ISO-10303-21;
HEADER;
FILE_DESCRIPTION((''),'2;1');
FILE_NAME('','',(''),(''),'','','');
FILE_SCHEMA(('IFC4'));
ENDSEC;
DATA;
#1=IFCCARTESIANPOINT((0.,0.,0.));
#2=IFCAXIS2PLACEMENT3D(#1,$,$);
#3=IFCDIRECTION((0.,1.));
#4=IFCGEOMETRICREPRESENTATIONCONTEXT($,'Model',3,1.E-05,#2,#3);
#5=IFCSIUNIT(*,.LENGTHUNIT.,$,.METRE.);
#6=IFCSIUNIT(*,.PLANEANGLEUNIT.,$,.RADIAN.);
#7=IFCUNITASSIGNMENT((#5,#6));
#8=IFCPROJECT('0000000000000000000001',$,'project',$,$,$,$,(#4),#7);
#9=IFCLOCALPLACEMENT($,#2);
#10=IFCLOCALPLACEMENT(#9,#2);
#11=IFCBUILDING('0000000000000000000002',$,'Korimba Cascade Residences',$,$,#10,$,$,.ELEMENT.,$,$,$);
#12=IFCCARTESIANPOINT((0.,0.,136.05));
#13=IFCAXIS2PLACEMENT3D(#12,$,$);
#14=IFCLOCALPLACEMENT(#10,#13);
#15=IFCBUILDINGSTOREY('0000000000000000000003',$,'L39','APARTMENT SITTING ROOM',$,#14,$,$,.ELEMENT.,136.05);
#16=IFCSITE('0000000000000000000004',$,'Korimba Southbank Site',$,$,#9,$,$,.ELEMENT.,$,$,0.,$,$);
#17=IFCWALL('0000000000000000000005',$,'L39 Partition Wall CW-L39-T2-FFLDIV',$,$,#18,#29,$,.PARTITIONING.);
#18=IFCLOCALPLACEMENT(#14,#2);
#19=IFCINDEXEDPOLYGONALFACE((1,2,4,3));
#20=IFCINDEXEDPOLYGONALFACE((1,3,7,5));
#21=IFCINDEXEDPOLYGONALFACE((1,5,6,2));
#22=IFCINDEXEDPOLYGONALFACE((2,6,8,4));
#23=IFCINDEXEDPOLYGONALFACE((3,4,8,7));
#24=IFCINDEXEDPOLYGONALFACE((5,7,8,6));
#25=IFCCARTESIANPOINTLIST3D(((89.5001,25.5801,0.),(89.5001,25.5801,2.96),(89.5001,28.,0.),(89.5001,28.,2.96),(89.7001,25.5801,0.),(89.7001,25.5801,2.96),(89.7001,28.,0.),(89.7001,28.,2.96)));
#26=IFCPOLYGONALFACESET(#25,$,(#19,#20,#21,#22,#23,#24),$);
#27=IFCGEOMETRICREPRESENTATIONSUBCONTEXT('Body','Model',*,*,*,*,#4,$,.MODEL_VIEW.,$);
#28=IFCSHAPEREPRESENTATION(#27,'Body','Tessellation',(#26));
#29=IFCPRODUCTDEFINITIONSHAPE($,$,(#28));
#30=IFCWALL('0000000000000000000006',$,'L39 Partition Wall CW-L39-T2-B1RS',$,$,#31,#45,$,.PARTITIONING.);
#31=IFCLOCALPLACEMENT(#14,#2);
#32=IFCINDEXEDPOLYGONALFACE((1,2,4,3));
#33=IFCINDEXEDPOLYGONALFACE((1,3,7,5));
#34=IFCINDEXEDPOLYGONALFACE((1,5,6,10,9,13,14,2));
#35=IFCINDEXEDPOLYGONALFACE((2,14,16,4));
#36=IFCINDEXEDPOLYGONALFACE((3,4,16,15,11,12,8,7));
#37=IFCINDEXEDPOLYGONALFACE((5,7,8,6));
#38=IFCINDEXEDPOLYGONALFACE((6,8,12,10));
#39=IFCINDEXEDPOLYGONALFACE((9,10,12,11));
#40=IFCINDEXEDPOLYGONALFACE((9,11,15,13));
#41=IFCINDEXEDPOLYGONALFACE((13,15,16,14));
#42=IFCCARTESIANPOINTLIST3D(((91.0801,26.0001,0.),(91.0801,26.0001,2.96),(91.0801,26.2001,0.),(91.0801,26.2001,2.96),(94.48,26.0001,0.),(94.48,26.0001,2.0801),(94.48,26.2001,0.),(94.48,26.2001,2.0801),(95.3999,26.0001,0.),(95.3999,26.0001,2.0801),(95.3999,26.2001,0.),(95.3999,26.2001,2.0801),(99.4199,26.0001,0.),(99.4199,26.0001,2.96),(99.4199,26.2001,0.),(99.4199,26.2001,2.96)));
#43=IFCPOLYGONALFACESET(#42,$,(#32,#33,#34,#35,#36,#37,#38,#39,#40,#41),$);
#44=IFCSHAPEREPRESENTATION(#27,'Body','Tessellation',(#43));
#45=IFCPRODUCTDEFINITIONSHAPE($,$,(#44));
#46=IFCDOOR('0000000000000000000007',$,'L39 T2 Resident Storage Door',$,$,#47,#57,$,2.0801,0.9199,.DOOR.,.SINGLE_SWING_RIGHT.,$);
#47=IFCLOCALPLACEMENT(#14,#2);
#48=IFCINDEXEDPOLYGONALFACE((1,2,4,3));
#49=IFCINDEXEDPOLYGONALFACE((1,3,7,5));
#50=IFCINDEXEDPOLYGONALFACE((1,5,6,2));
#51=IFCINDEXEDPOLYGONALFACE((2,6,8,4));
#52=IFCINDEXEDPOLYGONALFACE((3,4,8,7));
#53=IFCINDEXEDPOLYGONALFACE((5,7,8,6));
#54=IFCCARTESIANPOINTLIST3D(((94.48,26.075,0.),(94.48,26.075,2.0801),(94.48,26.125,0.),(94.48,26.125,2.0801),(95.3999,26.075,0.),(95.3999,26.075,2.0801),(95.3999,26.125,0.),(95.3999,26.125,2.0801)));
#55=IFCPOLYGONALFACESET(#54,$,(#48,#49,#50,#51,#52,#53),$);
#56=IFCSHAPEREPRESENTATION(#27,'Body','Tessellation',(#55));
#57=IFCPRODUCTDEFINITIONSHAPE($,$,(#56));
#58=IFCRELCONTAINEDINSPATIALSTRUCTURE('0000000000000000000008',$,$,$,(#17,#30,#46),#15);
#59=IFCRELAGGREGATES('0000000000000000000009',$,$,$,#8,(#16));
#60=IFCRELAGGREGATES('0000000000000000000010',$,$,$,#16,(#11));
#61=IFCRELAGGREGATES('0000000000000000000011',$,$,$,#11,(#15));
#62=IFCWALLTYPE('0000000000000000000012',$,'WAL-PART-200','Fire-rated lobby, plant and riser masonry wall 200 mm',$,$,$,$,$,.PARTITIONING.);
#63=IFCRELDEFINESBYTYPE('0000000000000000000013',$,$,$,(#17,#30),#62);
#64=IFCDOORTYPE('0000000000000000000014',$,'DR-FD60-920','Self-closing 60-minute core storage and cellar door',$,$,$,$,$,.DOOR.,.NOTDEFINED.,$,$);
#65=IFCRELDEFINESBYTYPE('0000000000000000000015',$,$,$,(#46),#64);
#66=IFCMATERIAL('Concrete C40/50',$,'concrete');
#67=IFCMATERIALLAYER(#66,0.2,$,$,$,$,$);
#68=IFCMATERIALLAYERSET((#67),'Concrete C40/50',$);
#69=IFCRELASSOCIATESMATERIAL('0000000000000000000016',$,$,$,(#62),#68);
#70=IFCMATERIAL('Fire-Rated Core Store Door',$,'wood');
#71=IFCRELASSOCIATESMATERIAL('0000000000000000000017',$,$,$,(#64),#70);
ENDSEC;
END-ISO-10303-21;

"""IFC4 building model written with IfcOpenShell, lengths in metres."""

from ifc_helpers import new_model, si_unit, direction, frame, frame_2d, origin, place, context, subcontext, project, spatial, rectangle, extrude, material, layer, layer_set, type_object, element, fill, save


model = new_model("IFC4")

# Units and contexts
model_context = context("Model", 3, precision=1e-05, world=origin(), true_north=direction((0.0, 1.0)))
body_context = subcontext(model_context, "Body", "Model", "MODEL_VIEW")
ifc_project = project(units=[si_unit("LENGTHUNIT", "METRE"), si_unit("PLANEANGLEUNIT", "RADIAN")], contexts=[model_context])

# Site, building, storey
site_placement = place(None, origin())
site = spatial("IfcSite", under=ifc_project, at=site_placement, Name="Korimba Southbank Site", CompositionType="ELEMENT", RefElevation=0.0)
building_placement = place(site_placement, origin())
building = spatial("IfcBuilding", under=site, at=building_placement, Name="Korimba Cascade Residences", CompositionType="ELEMENT")
storey_placement = place(building_placement, frame((0.0, 0.0, 136.05)))
storey = spatial("IfcBuildingStorey", under=building, at=storey_placement, Name="L39", Description="APARTMENT SITTING ROOM", CompositionType="ELEMENT", Elevation=136.05)

# Wall
ifc_material_1 = material(Name="Concrete C40/50", Category="concrete")
ifc_layer_1 = layer(ifc_material_1, 0.2)
ifc_layer_set_1 = layer_set([ifc_layer_1], Name="Concrete C40/50")
wall_type_1 = type_object("IfcWallType", Name="WAL-PART-200", Description="Fire-rated lobby, plant and riser masonry wall 200 mm", PredefinedType="PARTITIONING", material=ifc_layer_set_1)
wall_1_placement = place(storey_placement, frame((89.6001, 25.5801, 0.0), z_axis=(0.0, 0.0, 1.0), x_axis=(0.0, 1.0, 0.0)))
element("IfcWall", 1, at=wall_1_placement, inside=storey, type_object=wall_type_1, Name="L39 Partition Wall CW-L39-T2-FFLDIV", PredefinedType="PARTITIONING", context=body_context, shape_type="SweptSolid", body=[
    extrude(rectangle(XDim=2.4199, YDim=0.2, at=frame_2d((1.21, 0.0))), origin(), (0.0, 0.0, 1.0), 2.96),
])

# Wall, opening, door
wall_2_placement = place(storey_placement, frame((91.0801, 26.1001, 0.0), z_axis=(0.0, 0.0, 1.0), x_axis=(1.0, 0.0, 0.0)))
wall_2 = element("IfcWall", 2, at=wall_2_placement, inside=storey, type_object=wall_type_1, Name="L39 Partition Wall CW-L39-T2-B1RS", PredefinedType="PARTITIONING", context=body_context, shape_type="SweptSolid", body=[
    extrude(rectangle(XDim=8.3398, YDim=0.2, at=frame_2d((4.1699, 0.0))), origin(), (0.0, 0.0, 1.0), 2.96),
])
opening_1_placement = place(wall_2_placement, frame((3.3999, 0.0, 0.0)))
opening_1 = element("IfcOpeningElement", 3, at=opening_1_placement, cuts=wall_2, PredefinedType="OPENING", context=body_context, shape_type="SweptSolid", body=[
    extrude(rectangle(XDim=0.9199, YDim=2.0801, at=frame_2d((0.46, 1.04))), frame((0.0, 0.1099, 0.0), z_axis=(0.0, -1.0, 0.0), x_axis=(1.0, 0.0, 0.0)), (0.0, 0.0, 1.0), 0.22),
])
ifc_material_2 = material(Name="Fire-Rated Core Store Door", Category="wood")
door_type_1 = type_object("IfcDoorType", Name="DR-FD60-920", Description="Self-closing 60-minute core storage and cellar door", OperationType="NOTDEFINED", PredefinedType="DOOR", material=ifc_material_2)
door_1_placement = place(opening_1_placement, origin())
door_1 = element("IfcDoor", 4, at=door_1_placement, inside=storey, type_object=door_type_1, Name="L39 T2 Resident Storage Door", OperationType="SINGLE_SWING_RIGHT", OverallHeight=2.0801, OverallWidth=0.9199, PredefinedType="DOOR", context=body_context, shape_type="SweptSolid", body=[
    extrude(rectangle(XDim=0.9199, YDim=2.0801, at=frame_2d((0.46, 1.04))), frame((0.0, 0.0249, 0.0), z_axis=(0.0, -1.0, 0.0), x_axis=(1.0, 0.0, 0.0)), (0.0, 0.0, 1.0), 0.05),
])
fill(opening_1, door_1)

save(model, "model.ifc")
